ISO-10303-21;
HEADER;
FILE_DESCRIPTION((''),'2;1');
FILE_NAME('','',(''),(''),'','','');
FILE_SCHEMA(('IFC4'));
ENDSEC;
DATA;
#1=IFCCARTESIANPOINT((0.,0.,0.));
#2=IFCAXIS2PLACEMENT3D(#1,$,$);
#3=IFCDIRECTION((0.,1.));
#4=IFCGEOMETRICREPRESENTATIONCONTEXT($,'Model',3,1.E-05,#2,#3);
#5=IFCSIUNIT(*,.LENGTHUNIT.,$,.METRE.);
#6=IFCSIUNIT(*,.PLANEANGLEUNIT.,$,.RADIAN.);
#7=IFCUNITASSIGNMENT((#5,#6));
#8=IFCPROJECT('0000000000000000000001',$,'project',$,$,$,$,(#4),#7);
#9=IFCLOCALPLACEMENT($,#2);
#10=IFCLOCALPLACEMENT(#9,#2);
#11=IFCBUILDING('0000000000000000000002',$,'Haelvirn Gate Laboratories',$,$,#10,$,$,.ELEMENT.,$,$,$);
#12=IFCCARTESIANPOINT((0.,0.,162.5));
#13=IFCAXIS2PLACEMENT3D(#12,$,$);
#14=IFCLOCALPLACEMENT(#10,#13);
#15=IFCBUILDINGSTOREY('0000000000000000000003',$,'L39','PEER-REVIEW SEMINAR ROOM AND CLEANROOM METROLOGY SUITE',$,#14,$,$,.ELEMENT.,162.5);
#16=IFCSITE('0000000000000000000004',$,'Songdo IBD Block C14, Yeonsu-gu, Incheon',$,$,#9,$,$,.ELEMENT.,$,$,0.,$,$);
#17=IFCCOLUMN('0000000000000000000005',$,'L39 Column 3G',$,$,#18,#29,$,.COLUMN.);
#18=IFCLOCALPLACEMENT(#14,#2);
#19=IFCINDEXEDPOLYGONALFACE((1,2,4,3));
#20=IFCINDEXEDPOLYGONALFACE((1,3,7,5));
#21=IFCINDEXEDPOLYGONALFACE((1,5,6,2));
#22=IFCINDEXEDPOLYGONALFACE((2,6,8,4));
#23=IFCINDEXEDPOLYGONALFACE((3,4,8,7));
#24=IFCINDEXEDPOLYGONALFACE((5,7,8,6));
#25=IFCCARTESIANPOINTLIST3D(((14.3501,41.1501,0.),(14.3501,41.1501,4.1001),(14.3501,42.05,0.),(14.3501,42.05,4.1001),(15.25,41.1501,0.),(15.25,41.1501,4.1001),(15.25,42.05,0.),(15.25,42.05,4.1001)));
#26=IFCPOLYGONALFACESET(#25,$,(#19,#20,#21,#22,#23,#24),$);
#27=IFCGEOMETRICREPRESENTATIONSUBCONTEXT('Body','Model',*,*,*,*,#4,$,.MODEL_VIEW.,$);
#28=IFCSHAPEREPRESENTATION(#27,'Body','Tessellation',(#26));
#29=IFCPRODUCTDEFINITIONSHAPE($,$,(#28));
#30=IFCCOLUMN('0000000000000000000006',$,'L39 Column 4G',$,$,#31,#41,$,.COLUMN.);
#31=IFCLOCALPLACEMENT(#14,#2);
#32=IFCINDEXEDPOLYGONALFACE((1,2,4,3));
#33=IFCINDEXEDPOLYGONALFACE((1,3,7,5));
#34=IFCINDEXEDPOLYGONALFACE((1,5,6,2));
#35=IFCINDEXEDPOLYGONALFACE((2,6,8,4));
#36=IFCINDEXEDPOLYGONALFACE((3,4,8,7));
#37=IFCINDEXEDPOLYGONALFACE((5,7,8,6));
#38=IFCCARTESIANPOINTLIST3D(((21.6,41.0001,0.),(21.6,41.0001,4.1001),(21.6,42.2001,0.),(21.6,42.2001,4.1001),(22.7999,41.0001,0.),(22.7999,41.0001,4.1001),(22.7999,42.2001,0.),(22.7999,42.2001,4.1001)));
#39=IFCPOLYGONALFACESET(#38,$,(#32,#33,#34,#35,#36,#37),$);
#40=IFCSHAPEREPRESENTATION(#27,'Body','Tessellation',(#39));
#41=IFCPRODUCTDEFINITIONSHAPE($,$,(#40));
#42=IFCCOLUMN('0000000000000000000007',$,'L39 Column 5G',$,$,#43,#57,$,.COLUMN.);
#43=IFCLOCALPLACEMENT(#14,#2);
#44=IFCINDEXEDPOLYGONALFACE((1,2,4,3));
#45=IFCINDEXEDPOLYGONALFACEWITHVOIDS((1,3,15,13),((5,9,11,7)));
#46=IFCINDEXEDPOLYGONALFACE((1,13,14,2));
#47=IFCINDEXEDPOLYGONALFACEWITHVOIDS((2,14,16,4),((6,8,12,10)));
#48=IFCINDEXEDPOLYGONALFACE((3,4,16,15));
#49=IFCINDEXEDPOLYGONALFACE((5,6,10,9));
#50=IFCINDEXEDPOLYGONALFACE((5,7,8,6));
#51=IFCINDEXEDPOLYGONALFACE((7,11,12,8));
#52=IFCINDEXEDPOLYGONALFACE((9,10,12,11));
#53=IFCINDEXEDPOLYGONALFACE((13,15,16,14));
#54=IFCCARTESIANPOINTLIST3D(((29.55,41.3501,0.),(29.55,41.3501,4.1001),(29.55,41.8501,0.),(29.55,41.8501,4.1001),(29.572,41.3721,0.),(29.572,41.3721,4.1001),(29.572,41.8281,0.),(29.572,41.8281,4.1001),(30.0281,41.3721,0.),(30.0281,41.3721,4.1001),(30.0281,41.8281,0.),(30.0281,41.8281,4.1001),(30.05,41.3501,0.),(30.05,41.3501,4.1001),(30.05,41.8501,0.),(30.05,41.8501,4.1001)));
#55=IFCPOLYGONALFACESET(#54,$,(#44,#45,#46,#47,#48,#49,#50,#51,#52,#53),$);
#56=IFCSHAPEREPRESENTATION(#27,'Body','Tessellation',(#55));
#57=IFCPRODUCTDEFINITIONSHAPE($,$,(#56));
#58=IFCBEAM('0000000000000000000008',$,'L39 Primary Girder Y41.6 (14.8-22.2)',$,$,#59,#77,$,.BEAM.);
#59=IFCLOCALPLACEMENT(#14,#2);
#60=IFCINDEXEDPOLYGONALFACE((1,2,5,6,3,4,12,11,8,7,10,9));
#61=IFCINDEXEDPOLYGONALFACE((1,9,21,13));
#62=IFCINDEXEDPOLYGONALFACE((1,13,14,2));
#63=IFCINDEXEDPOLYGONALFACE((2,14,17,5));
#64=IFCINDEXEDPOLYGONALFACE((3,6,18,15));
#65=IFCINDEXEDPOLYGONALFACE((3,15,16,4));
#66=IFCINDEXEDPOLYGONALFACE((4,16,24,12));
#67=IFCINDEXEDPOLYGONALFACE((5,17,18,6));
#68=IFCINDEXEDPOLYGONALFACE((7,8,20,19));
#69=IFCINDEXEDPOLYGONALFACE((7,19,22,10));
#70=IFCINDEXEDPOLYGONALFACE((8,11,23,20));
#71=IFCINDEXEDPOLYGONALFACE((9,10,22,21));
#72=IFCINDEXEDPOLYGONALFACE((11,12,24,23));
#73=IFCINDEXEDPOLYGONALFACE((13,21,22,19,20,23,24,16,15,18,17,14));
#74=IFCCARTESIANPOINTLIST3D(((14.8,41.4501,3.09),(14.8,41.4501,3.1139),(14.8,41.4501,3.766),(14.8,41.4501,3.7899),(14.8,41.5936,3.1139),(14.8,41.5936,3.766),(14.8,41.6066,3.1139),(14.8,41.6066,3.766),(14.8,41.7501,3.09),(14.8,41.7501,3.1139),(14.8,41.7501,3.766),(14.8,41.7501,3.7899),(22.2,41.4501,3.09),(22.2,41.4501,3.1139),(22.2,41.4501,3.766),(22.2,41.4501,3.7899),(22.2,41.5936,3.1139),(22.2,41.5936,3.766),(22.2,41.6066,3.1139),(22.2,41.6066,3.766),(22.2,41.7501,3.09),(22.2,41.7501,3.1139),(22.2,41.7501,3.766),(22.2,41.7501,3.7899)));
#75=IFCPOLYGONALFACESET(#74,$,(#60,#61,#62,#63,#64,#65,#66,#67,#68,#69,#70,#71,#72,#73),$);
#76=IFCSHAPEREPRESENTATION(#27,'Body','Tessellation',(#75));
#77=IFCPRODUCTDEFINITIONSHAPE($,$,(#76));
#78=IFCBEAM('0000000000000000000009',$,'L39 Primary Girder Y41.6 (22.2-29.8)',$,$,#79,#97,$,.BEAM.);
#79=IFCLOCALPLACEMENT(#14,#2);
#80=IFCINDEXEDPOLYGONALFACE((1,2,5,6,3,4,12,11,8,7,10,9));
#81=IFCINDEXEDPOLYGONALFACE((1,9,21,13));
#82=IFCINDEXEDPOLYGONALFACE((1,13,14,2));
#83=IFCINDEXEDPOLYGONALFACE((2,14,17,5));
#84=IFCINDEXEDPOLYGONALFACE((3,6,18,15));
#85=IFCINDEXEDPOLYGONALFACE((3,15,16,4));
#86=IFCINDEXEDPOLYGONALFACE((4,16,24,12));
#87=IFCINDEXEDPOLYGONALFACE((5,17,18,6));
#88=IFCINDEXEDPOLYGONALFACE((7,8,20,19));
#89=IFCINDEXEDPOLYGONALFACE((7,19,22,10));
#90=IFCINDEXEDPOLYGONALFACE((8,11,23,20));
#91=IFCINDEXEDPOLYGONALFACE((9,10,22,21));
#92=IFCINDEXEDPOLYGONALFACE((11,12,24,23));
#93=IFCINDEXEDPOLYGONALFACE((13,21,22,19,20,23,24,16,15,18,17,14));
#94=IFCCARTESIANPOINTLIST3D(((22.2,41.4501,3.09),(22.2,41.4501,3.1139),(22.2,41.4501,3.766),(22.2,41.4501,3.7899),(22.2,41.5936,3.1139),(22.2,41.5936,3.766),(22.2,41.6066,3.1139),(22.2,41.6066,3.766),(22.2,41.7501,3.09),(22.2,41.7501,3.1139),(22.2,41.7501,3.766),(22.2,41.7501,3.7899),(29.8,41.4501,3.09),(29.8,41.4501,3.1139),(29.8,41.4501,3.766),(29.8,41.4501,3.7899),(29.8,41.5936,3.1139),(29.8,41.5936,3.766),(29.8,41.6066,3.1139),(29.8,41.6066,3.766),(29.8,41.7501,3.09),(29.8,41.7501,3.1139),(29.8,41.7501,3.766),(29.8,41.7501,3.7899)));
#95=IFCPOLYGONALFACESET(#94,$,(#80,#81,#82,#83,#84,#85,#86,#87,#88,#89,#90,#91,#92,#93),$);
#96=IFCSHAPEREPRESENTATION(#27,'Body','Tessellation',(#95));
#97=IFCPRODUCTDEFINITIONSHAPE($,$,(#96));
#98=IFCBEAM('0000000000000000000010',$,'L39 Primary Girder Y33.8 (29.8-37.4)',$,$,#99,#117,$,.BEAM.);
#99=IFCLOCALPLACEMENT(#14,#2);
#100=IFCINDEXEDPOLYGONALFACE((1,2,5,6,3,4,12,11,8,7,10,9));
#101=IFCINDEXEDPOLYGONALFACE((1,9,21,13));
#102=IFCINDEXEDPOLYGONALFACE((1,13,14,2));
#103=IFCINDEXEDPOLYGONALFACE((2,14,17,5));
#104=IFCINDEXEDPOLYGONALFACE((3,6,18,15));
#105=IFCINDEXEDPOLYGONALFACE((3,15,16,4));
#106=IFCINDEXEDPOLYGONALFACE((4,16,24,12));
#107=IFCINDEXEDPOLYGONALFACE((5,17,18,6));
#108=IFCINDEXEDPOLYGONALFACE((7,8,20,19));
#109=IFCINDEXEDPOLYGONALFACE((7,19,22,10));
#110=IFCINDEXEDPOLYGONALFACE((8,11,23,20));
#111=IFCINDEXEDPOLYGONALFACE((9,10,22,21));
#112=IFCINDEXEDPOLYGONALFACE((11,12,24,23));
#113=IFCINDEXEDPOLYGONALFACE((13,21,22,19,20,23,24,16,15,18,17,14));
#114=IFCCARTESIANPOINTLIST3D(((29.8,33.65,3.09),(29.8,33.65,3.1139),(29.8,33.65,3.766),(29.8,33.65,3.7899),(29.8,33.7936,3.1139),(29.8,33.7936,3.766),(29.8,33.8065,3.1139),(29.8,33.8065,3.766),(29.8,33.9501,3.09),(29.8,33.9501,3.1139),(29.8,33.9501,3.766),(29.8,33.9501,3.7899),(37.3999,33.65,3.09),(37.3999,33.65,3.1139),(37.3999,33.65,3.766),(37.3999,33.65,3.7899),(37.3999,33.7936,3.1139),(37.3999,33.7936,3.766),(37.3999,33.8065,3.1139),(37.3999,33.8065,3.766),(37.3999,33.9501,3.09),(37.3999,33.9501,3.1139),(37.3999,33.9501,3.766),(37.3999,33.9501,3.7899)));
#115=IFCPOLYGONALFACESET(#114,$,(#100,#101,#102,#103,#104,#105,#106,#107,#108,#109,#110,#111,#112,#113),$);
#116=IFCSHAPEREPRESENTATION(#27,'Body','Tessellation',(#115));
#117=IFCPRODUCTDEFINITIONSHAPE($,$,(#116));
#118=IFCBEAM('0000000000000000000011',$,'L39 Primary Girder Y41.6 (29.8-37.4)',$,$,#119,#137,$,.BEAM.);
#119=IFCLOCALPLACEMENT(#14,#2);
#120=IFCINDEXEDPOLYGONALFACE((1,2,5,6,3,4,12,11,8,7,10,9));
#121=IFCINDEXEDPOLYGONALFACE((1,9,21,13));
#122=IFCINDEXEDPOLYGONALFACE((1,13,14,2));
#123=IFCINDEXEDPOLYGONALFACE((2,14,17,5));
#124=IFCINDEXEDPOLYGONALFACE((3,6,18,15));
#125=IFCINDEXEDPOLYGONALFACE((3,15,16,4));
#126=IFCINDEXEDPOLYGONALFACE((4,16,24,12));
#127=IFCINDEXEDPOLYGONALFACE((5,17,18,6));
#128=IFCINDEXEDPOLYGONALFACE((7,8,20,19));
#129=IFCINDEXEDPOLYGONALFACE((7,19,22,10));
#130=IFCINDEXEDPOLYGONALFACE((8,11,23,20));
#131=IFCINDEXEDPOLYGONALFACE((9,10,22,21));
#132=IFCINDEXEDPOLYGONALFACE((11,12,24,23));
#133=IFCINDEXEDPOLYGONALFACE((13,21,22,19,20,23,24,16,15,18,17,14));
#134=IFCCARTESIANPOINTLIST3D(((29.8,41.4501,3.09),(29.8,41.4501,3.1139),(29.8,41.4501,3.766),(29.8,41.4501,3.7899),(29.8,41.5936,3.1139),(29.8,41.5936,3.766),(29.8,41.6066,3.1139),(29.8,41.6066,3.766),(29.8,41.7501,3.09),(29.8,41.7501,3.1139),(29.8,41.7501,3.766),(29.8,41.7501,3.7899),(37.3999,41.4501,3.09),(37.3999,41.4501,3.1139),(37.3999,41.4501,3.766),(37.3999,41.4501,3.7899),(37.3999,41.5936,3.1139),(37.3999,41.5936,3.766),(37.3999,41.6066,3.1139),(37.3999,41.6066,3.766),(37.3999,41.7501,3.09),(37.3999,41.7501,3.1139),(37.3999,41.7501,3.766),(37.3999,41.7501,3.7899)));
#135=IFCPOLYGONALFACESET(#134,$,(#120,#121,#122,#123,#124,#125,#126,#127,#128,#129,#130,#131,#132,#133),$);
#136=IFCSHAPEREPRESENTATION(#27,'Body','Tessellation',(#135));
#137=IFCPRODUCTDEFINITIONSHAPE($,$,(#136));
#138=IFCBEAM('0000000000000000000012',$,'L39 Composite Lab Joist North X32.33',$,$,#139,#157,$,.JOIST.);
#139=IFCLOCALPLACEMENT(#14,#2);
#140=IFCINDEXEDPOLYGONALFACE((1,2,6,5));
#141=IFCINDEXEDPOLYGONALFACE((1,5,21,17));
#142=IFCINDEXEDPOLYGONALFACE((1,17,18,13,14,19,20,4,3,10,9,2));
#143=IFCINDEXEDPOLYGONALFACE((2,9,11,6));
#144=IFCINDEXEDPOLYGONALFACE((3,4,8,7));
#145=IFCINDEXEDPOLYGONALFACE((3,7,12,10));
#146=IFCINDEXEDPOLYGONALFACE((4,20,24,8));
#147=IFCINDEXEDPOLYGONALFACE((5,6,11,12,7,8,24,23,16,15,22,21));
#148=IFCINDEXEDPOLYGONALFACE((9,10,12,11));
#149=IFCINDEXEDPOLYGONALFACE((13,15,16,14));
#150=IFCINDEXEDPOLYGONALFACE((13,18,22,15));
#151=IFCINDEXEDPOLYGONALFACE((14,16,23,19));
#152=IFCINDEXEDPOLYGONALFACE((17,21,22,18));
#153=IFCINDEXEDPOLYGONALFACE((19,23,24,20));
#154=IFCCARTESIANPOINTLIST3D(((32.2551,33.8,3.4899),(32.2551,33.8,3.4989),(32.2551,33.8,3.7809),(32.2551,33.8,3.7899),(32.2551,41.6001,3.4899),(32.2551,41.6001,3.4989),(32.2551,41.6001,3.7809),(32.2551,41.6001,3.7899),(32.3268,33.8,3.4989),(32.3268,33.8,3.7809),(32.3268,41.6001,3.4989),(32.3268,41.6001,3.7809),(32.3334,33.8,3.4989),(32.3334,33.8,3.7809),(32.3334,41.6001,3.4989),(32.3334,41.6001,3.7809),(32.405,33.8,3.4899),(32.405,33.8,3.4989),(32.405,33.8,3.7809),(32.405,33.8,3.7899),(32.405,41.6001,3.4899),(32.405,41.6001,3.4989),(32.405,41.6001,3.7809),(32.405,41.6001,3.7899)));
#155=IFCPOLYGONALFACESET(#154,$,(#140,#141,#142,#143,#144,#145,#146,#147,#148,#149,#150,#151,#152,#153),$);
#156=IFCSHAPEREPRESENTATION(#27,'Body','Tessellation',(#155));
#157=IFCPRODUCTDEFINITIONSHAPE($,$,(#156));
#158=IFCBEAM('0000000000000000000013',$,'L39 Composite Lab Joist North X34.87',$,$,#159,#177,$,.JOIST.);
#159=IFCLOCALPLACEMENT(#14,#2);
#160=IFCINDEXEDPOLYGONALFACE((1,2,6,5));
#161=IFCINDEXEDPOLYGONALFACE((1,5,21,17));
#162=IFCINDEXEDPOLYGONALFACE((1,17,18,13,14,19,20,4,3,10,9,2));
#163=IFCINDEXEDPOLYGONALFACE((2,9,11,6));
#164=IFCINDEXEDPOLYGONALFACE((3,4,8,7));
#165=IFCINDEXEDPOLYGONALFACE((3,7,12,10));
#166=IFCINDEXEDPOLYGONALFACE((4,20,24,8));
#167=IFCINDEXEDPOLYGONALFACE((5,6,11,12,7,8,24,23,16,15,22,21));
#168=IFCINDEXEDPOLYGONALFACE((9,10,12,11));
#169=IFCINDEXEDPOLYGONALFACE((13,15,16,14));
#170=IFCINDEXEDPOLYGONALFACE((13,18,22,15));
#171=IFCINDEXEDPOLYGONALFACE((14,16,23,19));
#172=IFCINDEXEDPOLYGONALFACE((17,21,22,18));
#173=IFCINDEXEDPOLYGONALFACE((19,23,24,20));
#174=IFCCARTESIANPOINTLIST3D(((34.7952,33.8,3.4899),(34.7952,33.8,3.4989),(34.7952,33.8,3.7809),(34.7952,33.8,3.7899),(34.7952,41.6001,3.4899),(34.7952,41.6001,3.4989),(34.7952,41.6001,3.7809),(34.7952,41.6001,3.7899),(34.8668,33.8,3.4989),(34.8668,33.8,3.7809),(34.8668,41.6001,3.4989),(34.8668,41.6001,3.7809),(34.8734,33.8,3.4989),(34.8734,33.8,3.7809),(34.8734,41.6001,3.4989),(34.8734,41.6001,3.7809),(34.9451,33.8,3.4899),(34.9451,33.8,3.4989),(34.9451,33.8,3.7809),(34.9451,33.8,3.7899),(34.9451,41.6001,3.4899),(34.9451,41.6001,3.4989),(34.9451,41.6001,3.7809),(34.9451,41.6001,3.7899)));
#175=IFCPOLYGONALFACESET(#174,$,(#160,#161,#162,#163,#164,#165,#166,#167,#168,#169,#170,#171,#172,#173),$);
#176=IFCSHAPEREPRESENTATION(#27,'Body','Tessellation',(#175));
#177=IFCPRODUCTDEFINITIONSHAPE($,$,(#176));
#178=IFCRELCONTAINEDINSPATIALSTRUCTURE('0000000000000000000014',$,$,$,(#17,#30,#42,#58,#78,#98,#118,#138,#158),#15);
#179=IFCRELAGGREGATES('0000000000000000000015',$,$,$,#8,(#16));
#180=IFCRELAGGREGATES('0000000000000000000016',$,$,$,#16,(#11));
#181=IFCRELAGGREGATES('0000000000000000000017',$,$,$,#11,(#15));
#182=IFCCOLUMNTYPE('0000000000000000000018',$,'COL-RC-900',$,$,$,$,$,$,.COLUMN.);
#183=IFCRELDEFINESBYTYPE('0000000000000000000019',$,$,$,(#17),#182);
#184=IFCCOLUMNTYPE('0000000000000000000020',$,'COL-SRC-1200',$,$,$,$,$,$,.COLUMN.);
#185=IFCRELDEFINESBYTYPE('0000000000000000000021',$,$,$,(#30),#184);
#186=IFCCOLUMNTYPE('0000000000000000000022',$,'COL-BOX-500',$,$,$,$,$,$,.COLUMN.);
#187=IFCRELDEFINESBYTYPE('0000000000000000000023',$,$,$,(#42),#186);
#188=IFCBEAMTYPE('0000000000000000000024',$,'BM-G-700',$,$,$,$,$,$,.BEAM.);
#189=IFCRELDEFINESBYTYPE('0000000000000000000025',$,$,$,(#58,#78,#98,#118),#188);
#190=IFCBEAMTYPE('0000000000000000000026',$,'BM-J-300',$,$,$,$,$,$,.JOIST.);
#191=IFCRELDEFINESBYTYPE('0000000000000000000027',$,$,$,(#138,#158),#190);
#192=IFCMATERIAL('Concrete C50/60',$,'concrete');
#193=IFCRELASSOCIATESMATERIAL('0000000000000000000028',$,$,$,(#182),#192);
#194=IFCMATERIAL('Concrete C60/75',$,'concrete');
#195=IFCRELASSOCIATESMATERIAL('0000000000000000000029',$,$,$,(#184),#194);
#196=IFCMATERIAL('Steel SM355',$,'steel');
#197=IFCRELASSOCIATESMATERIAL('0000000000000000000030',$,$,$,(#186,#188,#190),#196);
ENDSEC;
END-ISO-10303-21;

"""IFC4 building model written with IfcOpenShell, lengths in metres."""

from ifc_helpers import new_model, si_unit, direction, frame, origin, origin_2d, place, context, subcontext, project, spatial, rectangle, hollow_rectangle, i_section, extrude, source, transform, mapped, material, material_profile, profile_set, type_object, type_shapes, element, save


model = new_model("IFC4")

# Units and contexts
model_context = context("Model", 3, precision=1e-05, world=origin(), true_north=direction((0.0, 1.0)))
body_context = subcontext(model_context, "Body", "Model", "MODEL_VIEW")
ifc_project = project(units=[si_unit("LENGTHUNIT", "METRE"), si_unit("PLANEANGLEUNIT", "RADIAN")], contexts=[model_context])

# Site, building, storey
site_placement = place(None, origin())
site = spatial("IfcSite", under=ifc_project, at=site_placement, Name="Songdo IBD Block C14, Yeonsu-gu, Incheon", CompositionType="ELEMENT", RefElevation=0.0)
building_placement = place(site_placement, origin())
building = spatial("IfcBuilding", under=site, at=building_placement, Name="Haelvirn Gate Laboratories", CompositionType="ELEMENT")
storey_placement = place(building_placement, frame((0.0, 0.0, 162.5)))
storey = spatial("IfcBuildingStorey", under=building, at=storey_placement, Name="L39", Description="PEER-REVIEW SEMINAR ROOM AND CLEANROOM METROLOGY SUITE", CompositionType="ELEMENT", Elevation=162.5)

# Columns
ifc_material_1 = material(Name="Concrete C50/60", Category="concrete")
ifc_material_profile_1 = material_profile(ifc_material_1, rectangle(XDim=0.8999, YDim=0.8999, at=origin_2d()), Name="RC-900x900")
ifc_profile_set_1 = profile_set([ifc_material_profile_1], Name="Concrete C50/60")
column_type_1 = type_object("IfcColumnType", Name="COL-RC-900", PredefinedType="COLUMN", material=ifc_profile_set_1)
shared_shape_1 = source(origin(), body_context, "Body", "SweptSolid", [
    extrude(rectangle(XDim=0.8999, YDim=0.8999, at=origin_2d()), origin(), (0.0, 0.0, 1.0), 4.1001),
])
type_shapes(column_type_1, [shared_shape_1])
column_1_placement = place(storey_placement, frame((14.8, 41.6001, 0.0), z_axis=(0.0, 0.0, 1.0), x_axis=(1.0, 0.0, 0.0)))
element("IfcColumn", 1, at=column_1_placement, inside=storey, type_object=column_type_1, Name="L39 Column 3G", PredefinedType="COLUMN", context=body_context, shape_type="MappedRepresentation", body=[
    mapped(shared_shape_1, transform((0.0, 0.0, 0.0), scale=1.0)),
])
ifc_material_2 = material(Name="Concrete C60/75", Category="concrete")
ifc_material_profile_2 = material_profile(ifc_material_2, rectangle(XDim=1.2, YDim=1.2, at=origin_2d()), Name="SRC-1200x1200")
ifc_profile_set_2 = profile_set([ifc_material_profile_2], Name="Concrete C60/75")
column_type_2 = type_object("IfcColumnType", Name="COL-SRC-1200", PredefinedType="COLUMN", material=ifc_profile_set_2)
shared_shape_2 = source(origin(), body_context, "Body", "SweptSolid", [
    extrude(rectangle(XDim=1.2, YDim=1.2, at=origin_2d()), origin(), (0.0, 0.0, 1.0), 4.1001),
])
type_shapes(column_type_2, [shared_shape_2])
column_2_placement = place(storey_placement, frame((22.2, 41.6001, 0.0), z_axis=(0.0, 0.0, 1.0), x_axis=(1.0, 0.0, 0.0)))
element("IfcColumn", 2, at=column_2_placement, inside=storey, type_object=column_type_2, Name="L39 Column 4G", PredefinedType="COLUMN", context=body_context, shape_type="MappedRepresentation", body=[
    mapped(shared_shape_2, transform((0.0, 0.0, 0.0), scale=1.0)),
])
ifc_material_3 = material(Name="Steel SM355", Category="steel")
ifc_material_profile_3 = material_profile(ifc_material_3, hollow_rectangle(XDim=0.5, YDim=0.5, WallThickness=0.022, at=origin_2d()), Name="BOX-500x500x22")
ifc_profile_set_3 = profile_set([ifc_material_profile_3], Name="Steel SM355")
column_type_3 = type_object("IfcColumnType", Name="COL-BOX-500", PredefinedType="COLUMN", material=ifc_profile_set_3)
shared_shape_3 = source(origin(), body_context, "Body", "SweptSolid", [
    extrude(hollow_rectangle(XDim=0.5, YDim=0.5, WallThickness=0.022, at=origin_2d()), origin(), (0.0, 0.0, 1.0), 4.1001),
])
type_shapes(column_type_3, [shared_shape_3])
column_3_placement = place(storey_placement, frame((29.8, 41.6001, 0.0), z_axis=(0.0, 0.0, 1.0), x_axis=(1.0, 0.0, 0.0)))
element("IfcColumn", 3, at=column_3_placement, inside=storey, type_object=column_type_3, Name="L39 Column 5G", PredefinedType="COLUMN", context=body_context, shape_type="MappedRepresentation", body=[
    mapped(shared_shape_3, transform((0.0, 0.0, 0.0), scale=1.0)),
])

# Beams
ifc_material_profile_4 = material_profile(ifc_material_3, i_section(OverallWidth=0.3, OverallDepth=0.7, WebThickness=0.0129, FlangeThickness=0.0239, at=origin_2d()), Name="H-700x300x13x24")
ifc_profile_set_4 = profile_set([ifc_material_profile_4], Name="Steel SM355")
beam_type_1 = type_object("IfcBeamType", Name="BM-G-700", PredefinedType="BEAM", material=ifc_profile_set_4)
shared_shape_4 = source(origin(), body_context, "Body", "SweptSolid", [
    extrude(i_section(OverallWidth=0.3, OverallDepth=0.7, WebThickness=0.0129, FlangeThickness=0.0239, at=origin_2d()), origin(), (0.0, 0.0, 1.0), 7.3999),
])
beam_1_placement = place(storey_placement, frame((14.8, 41.6001, 3.4399), z_axis=(1.0, 0.0, 0.0), x_axis=(0.0, 1.0, 0.0)))
element("IfcBeam", 4, at=beam_1_placement, inside=storey, type_object=beam_type_1, Name="L39 Primary Girder Y41.6 (14.8-22.2)", PredefinedType="BEAM", context=body_context, shape_type="MappedRepresentation", body=[
    mapped(shared_shape_4, transform((0.0, 0.0, 0.0), scale=1.0)),
])
shared_shape_5 = source(origin(), body_context, "Body", "SweptSolid", [
    extrude(i_section(OverallWidth=0.3, OverallDepth=0.7, WebThickness=0.0129, FlangeThickness=0.0239, at=origin_2d()), origin(), (0.0, 0.0, 1.0), 7.6001),
])
beam_2_placement = place(storey_placement, frame((22.2, 41.6001, 3.4399), z_axis=(1.0, 0.0, 0.0), x_axis=(0.0, 1.0, 0.0)))
element("IfcBeam", 5, at=beam_2_placement, inside=storey, type_object=beam_type_1, Name="L39 Primary Girder Y41.6 (22.2-29.8)", PredefinedType="BEAM", context=body_context, shape_type="MappedRepresentation", body=[
    mapped(shared_shape_5, transform((0.0, 0.0, 0.0), scale=1.0)),
])
shared_shape_6 = source(origin(), body_context, "Body", "SweptSolid", [
    extrude(i_section(OverallWidth=0.3, OverallDepth=0.7, WebThickness=0.0129, FlangeThickness=0.0239, at=origin_2d()), origin(), (0.0, 0.0, 1.0), 7.5999),
])
type_shapes(beam_type_1, [shared_shape_4, shared_shape_5, shared_shape_6])
for number, where, z_axis, x_axis, name in (
    (6, (29.8, 33.8, 3.4399), (1.0, 0.0, 0.0), (0.0, 1.0, 0.0), "L39 Primary Girder Y33.8 (29.8-37.4)"),
    (7, (29.8, 41.6001, 3.4399), (1.0, 0.0, 0.0), (0.0, 1.0, 0.0), "L39 Primary Girder Y41.6 (29.8-37.4)"),
):
    element("IfcBeam", number, at=place(storey_placement, frame(where, z_axis=z_axis, x_axis=x_axis)), inside=storey, type_object=beam_type_1, Name=name, PredefinedType="BEAM", context=body_context, shape_type="MappedRepresentation", body=[
        mapped(shared_shape_6, transform((0.0, 0.0, 0.0), scale=1.0)),
    ])
ifc_material_profile_5 = material_profile(ifc_material_3, i_section(OverallWidth=0.1499, OverallDepth=0.3, WebThickness=0.0066, FlangeThickness=0.009, at=origin_2d()), Name="H-300x150x6.5x9")
ifc_profile_set_5 = profile_set([ifc_material_profile_5], Name="Steel SM355")
beam_type_2 = type_object("IfcBeamType", Name="BM-J-300", PredefinedType="JOIST", material=ifc_profile_set_5)
shared_shape_7 = source(origin(), body_context, "Body", "SweptSolid", [
    extrude(i_section(OverallWidth=0.1499, OverallDepth=0.3, WebThickness=0.0066, FlangeThickness=0.009, at=origin_2d()), origin(), (0.0, 0.0, 1.0), 7.8),
])
type_shapes(beam_type_2, [shared_shape_7])
for number, where, z_axis, x_axis, name in (
    (8, (32.3301, 33.8, 3.6399), (0.0, 1.0, 0.0), (-1.0, 0.0, 0.0), "L39 Composite Lab Joist North X32.33"),
    (9, (34.8701, 33.8, 3.6399), (0.0, 1.0, 0.0), (-1.0, 0.0, 0.0), "L39 Composite Lab Joist North X34.87"),
):
    element("IfcBeam", number, at=place(storey_placement, frame(where, z_axis=z_axis, x_axis=x_axis)), inside=storey, type_object=beam_type_2, Name=name, PredefinedType="JOIST", context=body_context, shape_type="MappedRepresentation", body=[
        mapped(shared_shape_7, transform((0.0, 0.0, 0.0), scale=1.0)),
    ])

save(model, "model.ifc")
